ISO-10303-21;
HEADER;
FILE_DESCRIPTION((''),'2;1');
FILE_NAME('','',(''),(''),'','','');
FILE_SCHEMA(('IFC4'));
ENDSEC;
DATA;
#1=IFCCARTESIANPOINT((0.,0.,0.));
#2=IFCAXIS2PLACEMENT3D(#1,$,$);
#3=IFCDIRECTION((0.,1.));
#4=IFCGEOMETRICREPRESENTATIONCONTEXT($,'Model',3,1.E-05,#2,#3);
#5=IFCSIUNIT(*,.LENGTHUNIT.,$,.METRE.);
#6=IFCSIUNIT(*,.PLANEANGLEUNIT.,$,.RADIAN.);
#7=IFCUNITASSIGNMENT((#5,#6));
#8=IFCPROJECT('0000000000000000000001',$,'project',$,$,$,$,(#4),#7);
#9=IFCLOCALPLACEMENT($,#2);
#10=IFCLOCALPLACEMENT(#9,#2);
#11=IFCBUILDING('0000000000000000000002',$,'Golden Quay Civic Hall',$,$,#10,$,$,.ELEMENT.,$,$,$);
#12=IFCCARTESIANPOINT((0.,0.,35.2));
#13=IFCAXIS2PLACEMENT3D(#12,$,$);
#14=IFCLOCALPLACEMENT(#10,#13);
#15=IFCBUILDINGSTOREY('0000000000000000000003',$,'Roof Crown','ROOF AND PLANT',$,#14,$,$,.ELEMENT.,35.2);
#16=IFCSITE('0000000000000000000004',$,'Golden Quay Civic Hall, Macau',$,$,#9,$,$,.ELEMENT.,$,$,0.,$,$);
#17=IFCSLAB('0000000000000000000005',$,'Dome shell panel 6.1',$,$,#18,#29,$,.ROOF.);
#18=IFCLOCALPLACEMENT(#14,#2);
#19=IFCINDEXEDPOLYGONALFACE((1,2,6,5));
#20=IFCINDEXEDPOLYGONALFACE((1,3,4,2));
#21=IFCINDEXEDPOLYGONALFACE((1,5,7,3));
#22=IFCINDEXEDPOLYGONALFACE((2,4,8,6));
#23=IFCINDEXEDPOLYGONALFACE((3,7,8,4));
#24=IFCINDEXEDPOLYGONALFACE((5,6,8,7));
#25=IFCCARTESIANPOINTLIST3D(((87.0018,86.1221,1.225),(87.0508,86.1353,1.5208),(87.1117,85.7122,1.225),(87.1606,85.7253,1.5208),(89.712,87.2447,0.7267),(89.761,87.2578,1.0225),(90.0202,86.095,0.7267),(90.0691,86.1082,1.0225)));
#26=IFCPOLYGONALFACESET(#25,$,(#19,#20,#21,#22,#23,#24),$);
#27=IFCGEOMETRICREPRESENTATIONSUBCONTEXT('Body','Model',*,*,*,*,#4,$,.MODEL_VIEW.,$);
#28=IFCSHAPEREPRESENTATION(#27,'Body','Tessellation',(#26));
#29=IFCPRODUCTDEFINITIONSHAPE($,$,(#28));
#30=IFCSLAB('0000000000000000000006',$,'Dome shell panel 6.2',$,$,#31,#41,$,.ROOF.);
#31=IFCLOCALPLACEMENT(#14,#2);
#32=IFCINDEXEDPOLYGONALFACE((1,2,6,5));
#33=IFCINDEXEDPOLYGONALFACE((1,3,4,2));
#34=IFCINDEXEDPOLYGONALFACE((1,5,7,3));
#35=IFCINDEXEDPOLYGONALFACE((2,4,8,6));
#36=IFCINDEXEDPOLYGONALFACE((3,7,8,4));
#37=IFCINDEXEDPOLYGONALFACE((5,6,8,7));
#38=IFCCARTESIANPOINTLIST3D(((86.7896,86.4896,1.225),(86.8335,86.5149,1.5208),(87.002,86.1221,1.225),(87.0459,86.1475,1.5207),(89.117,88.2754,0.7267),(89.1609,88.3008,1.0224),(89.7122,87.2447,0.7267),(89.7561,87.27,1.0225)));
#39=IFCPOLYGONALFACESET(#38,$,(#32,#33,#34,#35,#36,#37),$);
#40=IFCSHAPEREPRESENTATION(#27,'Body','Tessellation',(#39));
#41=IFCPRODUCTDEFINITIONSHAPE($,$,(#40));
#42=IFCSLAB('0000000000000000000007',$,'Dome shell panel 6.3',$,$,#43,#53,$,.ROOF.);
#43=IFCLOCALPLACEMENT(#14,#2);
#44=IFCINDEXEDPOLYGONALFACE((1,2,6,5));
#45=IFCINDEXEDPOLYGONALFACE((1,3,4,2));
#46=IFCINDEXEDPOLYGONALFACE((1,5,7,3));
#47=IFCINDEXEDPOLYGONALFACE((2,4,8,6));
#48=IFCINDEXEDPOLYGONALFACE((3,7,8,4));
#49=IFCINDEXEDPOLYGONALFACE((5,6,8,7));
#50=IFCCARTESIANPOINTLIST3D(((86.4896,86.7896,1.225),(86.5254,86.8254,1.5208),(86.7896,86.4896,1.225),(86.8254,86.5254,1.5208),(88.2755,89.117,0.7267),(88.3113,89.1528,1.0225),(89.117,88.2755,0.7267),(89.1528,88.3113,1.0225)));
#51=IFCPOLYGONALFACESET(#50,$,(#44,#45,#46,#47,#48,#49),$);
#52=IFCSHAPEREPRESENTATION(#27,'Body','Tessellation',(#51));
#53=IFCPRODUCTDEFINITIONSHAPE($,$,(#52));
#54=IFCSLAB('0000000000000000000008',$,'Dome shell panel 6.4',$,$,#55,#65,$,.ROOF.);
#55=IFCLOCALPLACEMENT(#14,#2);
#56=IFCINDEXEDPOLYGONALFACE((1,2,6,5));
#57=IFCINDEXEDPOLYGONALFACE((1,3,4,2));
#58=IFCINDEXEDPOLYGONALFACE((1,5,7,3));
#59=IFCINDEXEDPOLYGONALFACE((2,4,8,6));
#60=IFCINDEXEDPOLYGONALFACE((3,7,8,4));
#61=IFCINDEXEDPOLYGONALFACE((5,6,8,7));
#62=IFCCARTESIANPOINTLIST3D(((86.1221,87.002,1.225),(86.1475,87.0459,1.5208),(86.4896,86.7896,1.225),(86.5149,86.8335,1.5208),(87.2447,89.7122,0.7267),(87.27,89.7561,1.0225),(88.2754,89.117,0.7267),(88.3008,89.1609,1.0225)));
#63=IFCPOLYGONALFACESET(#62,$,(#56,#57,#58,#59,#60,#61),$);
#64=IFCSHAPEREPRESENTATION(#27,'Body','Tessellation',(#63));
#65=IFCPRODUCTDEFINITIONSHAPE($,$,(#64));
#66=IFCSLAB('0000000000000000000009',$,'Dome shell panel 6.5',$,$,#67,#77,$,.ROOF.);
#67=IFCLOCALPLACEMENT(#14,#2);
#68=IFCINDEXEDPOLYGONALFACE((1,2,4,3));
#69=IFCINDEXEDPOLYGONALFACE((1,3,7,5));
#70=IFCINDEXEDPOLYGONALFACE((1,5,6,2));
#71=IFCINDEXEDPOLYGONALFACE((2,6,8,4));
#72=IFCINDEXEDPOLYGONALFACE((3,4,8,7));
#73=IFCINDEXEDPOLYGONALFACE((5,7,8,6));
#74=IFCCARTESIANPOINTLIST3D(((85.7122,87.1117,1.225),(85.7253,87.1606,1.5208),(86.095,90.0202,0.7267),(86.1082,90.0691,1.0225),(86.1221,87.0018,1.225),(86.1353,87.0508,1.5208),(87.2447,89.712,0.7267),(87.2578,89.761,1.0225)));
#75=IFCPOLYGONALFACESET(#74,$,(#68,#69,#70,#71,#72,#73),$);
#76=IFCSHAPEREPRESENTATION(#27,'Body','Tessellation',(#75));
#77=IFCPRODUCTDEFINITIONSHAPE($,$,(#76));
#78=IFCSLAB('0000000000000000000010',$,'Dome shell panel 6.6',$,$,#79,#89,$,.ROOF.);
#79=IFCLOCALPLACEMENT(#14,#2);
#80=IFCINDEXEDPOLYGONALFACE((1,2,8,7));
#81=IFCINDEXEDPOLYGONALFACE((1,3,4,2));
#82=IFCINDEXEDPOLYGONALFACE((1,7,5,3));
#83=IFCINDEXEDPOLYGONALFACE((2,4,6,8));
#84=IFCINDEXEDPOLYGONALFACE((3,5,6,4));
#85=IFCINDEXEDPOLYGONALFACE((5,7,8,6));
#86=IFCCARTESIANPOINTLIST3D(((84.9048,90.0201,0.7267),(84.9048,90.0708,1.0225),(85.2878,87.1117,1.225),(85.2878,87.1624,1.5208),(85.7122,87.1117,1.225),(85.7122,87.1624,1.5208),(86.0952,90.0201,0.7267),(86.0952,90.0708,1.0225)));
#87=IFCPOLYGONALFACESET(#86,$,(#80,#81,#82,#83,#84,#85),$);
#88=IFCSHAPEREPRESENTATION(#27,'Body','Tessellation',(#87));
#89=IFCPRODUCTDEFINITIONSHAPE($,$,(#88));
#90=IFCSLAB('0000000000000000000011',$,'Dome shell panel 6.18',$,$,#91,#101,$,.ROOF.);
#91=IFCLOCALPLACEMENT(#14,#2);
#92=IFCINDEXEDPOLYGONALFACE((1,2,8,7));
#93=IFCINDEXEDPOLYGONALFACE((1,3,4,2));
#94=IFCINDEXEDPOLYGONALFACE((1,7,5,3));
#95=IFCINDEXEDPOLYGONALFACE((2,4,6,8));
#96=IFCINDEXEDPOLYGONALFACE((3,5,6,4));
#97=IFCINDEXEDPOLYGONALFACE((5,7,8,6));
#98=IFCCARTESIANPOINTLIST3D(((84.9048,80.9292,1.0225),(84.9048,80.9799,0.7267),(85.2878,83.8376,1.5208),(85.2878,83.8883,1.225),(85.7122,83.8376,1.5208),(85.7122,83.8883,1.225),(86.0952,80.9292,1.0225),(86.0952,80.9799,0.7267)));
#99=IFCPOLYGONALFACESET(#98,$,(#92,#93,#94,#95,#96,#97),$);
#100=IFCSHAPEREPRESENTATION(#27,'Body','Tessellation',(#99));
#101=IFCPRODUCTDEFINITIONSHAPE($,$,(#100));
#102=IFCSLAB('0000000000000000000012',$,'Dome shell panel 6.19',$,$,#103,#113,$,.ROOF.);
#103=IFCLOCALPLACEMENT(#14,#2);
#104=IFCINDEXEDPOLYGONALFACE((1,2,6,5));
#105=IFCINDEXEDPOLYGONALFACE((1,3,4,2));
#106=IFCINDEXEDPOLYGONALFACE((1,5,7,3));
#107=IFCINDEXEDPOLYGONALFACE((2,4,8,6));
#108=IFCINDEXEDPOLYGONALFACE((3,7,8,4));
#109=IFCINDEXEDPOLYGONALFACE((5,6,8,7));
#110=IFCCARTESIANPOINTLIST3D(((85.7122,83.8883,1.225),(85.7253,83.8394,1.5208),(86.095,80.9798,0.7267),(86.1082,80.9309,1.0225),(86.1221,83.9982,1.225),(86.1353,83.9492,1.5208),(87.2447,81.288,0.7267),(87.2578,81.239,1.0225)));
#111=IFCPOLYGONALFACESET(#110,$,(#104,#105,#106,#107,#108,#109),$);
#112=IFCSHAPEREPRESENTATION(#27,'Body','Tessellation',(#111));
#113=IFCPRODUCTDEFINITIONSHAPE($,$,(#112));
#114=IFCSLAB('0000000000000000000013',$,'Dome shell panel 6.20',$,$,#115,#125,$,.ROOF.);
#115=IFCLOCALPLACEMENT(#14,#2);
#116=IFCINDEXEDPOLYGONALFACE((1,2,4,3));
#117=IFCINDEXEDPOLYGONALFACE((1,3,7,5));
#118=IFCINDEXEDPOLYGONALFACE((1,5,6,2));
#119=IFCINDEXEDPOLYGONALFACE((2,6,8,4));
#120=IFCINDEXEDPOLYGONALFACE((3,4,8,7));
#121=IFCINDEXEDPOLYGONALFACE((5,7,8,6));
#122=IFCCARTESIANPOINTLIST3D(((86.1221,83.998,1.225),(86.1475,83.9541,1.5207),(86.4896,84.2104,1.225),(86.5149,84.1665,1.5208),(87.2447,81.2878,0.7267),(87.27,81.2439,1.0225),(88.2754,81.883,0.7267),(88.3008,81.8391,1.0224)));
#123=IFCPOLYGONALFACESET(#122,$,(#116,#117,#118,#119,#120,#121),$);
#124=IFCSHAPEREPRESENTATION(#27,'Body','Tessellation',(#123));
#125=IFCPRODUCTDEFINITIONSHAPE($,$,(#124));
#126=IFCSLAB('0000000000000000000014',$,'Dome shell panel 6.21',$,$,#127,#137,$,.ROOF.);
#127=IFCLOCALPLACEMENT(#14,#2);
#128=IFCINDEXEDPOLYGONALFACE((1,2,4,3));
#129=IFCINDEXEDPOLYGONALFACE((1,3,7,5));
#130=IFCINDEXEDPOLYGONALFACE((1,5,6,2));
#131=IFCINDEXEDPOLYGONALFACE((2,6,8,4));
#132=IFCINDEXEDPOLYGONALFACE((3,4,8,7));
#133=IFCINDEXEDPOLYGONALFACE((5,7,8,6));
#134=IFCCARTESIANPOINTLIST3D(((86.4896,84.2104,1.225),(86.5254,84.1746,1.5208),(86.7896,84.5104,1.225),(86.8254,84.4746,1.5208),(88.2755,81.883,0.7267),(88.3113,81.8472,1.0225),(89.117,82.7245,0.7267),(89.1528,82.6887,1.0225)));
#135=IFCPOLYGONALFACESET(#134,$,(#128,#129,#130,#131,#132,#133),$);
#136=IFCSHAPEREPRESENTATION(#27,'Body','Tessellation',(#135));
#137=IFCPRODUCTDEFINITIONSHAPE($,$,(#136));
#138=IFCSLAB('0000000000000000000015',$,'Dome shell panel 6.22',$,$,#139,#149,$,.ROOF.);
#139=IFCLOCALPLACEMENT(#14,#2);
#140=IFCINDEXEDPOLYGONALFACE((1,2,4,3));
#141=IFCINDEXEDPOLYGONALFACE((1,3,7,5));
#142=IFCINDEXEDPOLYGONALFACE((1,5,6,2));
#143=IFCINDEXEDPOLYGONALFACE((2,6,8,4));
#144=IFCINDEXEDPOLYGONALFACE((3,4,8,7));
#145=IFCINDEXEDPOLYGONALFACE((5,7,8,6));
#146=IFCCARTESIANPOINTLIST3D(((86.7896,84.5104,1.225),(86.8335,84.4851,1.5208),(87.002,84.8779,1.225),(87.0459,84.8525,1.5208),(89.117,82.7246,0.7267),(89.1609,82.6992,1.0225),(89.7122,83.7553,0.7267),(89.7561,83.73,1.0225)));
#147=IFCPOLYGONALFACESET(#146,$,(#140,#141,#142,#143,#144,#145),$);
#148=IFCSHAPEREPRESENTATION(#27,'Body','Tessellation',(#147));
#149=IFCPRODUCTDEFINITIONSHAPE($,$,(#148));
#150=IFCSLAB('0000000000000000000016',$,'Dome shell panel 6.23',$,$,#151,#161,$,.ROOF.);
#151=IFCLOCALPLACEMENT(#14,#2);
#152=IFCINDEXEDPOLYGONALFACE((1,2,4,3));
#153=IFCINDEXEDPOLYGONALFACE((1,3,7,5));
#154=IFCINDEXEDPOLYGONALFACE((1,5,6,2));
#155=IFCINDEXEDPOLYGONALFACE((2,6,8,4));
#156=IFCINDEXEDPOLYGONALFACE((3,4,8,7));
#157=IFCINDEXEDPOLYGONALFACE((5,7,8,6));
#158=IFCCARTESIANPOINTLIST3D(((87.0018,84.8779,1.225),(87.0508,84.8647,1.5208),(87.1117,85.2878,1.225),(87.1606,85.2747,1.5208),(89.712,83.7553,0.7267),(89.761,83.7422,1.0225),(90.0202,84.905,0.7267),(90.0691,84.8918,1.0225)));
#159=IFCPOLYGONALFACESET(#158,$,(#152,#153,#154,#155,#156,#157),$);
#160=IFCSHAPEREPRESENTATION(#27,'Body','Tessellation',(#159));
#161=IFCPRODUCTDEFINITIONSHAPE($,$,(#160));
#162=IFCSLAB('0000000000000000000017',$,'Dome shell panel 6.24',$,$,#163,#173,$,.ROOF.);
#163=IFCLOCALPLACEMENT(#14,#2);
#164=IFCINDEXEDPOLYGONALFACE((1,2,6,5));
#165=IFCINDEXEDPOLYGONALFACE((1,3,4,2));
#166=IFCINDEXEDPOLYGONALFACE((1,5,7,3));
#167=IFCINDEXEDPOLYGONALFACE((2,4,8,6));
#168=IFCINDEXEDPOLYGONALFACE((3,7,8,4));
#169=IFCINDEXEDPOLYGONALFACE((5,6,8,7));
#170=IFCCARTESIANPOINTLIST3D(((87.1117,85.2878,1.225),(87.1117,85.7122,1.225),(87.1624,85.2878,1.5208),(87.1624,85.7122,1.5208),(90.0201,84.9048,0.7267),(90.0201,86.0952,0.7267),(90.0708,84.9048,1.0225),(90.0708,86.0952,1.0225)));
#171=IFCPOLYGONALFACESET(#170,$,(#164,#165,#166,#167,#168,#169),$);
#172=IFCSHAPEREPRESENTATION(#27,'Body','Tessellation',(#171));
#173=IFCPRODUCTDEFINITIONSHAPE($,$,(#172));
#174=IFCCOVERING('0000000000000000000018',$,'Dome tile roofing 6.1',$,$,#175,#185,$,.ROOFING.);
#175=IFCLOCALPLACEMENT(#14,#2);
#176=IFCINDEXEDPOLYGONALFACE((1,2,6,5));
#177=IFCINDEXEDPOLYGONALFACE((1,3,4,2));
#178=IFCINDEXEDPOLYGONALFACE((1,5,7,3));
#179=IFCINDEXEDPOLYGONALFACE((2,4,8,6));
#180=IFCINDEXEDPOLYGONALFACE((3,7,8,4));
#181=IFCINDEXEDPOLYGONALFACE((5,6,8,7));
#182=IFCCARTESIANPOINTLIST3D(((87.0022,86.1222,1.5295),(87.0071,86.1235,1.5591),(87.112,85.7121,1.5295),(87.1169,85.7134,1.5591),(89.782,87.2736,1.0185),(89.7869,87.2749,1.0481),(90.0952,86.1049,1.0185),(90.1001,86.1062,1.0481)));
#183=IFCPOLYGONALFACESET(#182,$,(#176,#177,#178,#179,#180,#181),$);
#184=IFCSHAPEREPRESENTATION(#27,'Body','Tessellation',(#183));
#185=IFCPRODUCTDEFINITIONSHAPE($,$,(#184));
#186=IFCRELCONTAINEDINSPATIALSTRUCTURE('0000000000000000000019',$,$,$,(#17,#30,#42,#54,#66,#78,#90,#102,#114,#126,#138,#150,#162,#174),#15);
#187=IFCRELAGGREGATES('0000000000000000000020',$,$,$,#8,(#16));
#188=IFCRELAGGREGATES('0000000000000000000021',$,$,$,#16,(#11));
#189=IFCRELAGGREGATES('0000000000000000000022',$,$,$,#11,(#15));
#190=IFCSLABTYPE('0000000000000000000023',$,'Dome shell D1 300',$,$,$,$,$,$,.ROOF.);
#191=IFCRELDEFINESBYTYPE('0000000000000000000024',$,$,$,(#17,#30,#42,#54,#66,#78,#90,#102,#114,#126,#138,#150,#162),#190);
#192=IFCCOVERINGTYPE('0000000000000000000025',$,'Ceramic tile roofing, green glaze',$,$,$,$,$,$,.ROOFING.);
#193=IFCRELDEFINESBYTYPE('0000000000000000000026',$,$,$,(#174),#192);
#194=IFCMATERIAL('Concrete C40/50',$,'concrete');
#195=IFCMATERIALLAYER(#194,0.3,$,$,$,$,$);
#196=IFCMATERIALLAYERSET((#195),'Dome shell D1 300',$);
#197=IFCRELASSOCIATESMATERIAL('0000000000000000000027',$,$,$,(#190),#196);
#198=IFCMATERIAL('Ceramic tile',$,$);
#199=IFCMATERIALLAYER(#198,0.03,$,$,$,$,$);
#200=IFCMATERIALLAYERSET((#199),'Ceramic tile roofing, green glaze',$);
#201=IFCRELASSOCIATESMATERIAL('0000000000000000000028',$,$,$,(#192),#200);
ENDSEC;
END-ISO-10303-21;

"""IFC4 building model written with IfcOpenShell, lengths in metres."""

from ifc_helpers import new_model, si_unit, direction, frame, origin, place, context, subcontext, project, spatial, polyline, outline, extrude, material, layer, layer_set, type_object, element, save


model = new_model("IFC4")

# Units and contexts
model_context = context("Model", 3, precision=1e-05, world=origin(), true_north=direction((0.0, 1.0)))
body_context = subcontext(model_context, "Body", "Model", "MODEL_VIEW")
ifc_project = project(units=[si_unit("LENGTHUNIT", "METRE"), si_unit("PLANEANGLEUNIT", "RADIAN")], contexts=[model_context])

# Site, building, storey
site_placement = place(None, origin())
site = spatial("IfcSite", under=ifc_project, at=site_placement, Name="Golden Quay Civic Hall, Macau", CompositionType="ELEMENT", RefElevation=0.0)
building_placement = place(site_placement, origin())
building = spatial("IfcBuilding", under=site, at=building_placement, Name="Golden Quay Civic Hall", CompositionType="ELEMENT")
storey_placement = place(building_placement, frame((0.0, 0.0, 35.2)))
storey = spatial("IfcBuildingStorey", under=building, at=storey_placement, Name="Roof Crown", Description="ROOF AND PLANT", CompositionType="ELEMENT", Elevation=35.2)

# Slabs
ifc_material_1 = material(Name="Concrete C40/50", Category="concrete")
ifc_layer_1 = layer(ifc_material_1, 0.3)
ifc_layer_set_1 = layer_set([ifc_layer_1], Name="Dome shell D1 300")
slab_type = type_object("IfcSlabType", Name="Dome shell D1 300", PredefinedType="ROOF", material=ifc_layer_set_1)
slab_1_placement = place(storey_placement, frame((90.0691, 86.1082, 1.0225), z_axis=(0.163111, 0.043714, 0.985639), x_axis=(-0.258863, 0.965914, -0.000001)))
element("IfcSlab", 1, at=slab_1_placement, inside=storey, type_object=slab_type, Name="Dome shell panel 6.1", PredefinedType="ROOF", context=body_context, shape_type="SweptSolid", body=[
    extrude(outline(polyline([(0.0, 0.0), (1.1902, 0.0), (0.8075, 2.9508), (0.3831, 2.9508), (0.0, 0.0)])), origin(), (0.0, 0.0, -1.0), 0.3),
])
slab_2_placement = place(storey_placement, frame((89.7561, 87.27, 1.0225), z_axis=(0.146224, 0.084461, 0.985639), x_axis=(-0.500069, 0.865986, -0.00002)))
element("IfcSlab", 2, at=slab_2_placement, inside=storey, type_object=slab_type, Name="Dome shell panel 6.2", PredefinedType="ROOF", context=body_context, shape_type="SweptSolid", body=[
    extrude(outline(polyline([(0.0, 0.0), (1.1903, 0.0), (0.8076, 2.9509), (0.3832, 2.9507), (0.0, 0.0)])), origin(), (0.0, 0.0, -1.0), 0.3),
])
slab_3_placement = place(storey_placement, frame((89.1528, 88.3113, 1.0225), z_axis=(0.119402, 0.119402, 0.98564), x_axis=(-0.707107, 0.707107, 0.0)))
element("IfcSlab", 3, at=slab_3_placement, inside=storey, type_object=slab_type, Name="Dome shell panel 6.3", PredefinedType="ROOF", context=body_context, shape_type="SweptSolid", body=[
    extrude(outline(polyline([(0.0, 0.0), (1.1901, 0.0), (0.8072, 2.9509), (0.3829, 2.9509), (0.0, 0.0)])), origin(), (0.0, 0.0, -1.0), 0.3),
])
slab_4_placement = place(storey_placement, frame((88.3008, 89.1609, 1.0225), z_axis=(0.084461, 0.146224, 0.985639), x_axis=(-0.865986, 0.500069, 0.00002)))
element("IfcSlab", 4, at=slab_4_placement, inside=storey, type_object=slab_type, Name="Dome shell panel 6.4", PredefinedType="ROOF", context=body_context, shape_type="SweptSolid", body=[
    extrude(outline(polyline([(0.0, 0.0), (1.1903, 0.0), (0.8071, 2.9507), (0.3827, 2.9509), (0.0, 0.0)])), origin(), (0.0, 0.0, -1.0), 0.3),
])
slab_5_placement = place(storey_placement, frame((87.2578, 89.761, 1.0225), z_axis=(0.043714, 0.163111, 0.985639), x_axis=(-0.965914, 0.258863, 0.000001)))
element("IfcSlab", 5, at=slab_5_placement, inside=storey, type_object=slab_type, Name="Dome shell panel 6.5", PredefinedType="ROOF", context=body_context, shape_type="SweptSolid", body=[
    extrude(outline(polyline([(0.0, 0.0), (1.1902, 0.0), (0.8071, 2.9508), (0.3827, 2.9508), (0.0, 0.0)])), origin(), (0.0, 0.0, -1.0), 0.3),
])
for number, where, z_axis, x_axis, name in (
    (6, (86.0952, 90.0708, 1.0225), (0.0, 0.168865, 0.985639), (-1.0, 0.0, 0.0), "Dome shell panel 6.6"),
    (7, (84.9048, 80.9292, 1.0225), (0.0, -0.168865, 0.985639), (1.0, 0.0, 0.0), "Dome shell panel 6.18"),
):
    element("IfcSlab", number, at=place(storey_placement, frame(where, z_axis=z_axis, x_axis=x_axis)), inside=storey, type_object=slab_type, Name=name, PredefinedType="ROOF", context=body_context, shape_type="SweptSolid", body=[
        extrude(outline(polyline([(0.0, 0.0), (1.1904, 0.0), (0.8074, 2.9508), (0.3831, 2.9508), (0.0, 0.0)])), origin(), (0.0, 0.0, -1.0), 0.3),
    ])
slab_6_placement = place(storey_placement, frame((86.1082, 80.9309, 1.0225), z_axis=(0.043714, -0.163111, 0.985639), x_axis=(0.965914, 0.258863, -0.000001)))
element("IfcSlab", 8, at=slab_6_placement, inside=storey, type_object=slab_type, Name="Dome shell panel 6.19", PredefinedType="ROOF", context=body_context, shape_type="SweptSolid", body=[
    extrude(outline(polyline([(0.0, 0.0), (1.1902, 0.0), (0.8075, 2.9508), (0.3831, 2.9508), (0.0, 0.0)])), origin(), (0.0, 0.0, -1.0), 0.3),
])
slab_7_placement = place(storey_placement, frame((87.27, 81.2439, 1.0225), z_axis=(0.084461, -0.146224, 0.985639), x_axis=(0.865986, 0.500069, -0.00002)))
element("IfcSlab", 9, at=slab_7_placement, inside=storey, type_object=slab_type, Name="Dome shell panel 6.20", PredefinedType="ROOF", context=body_context, shape_type="SweptSolid", body=[
    extrude(outline(polyline([(0.0, 0.0), (1.1903, 0.0), (0.8076, 2.9509), (0.3832, 2.9507), (0.0, 0.0)])), origin(), (0.0, 0.0, -1.0), 0.3),
])
slab_8_placement = place(storey_placement, frame((88.3113, 81.8472, 1.0225), z_axis=(0.119402, -0.119402, 0.98564), x_axis=(0.707107, 0.707107, 0.0)))
element("IfcSlab", 10, at=slab_8_placement, inside=storey, type_object=slab_type, Name="Dome shell panel 6.21", PredefinedType="ROOF", context=body_context, shape_type="SweptSolid", body=[
    extrude(outline(polyline([(0.0, 0.0), (1.1901, 0.0), (0.8072, 2.9509), (0.3829, 2.9509), (0.0, 0.0)])), origin(), (0.0, 0.0, -1.0), 0.3),
])
slab_9_placement = place(storey_placement, frame((89.1609, 82.6992, 1.0225), z_axis=(0.146224, -0.084461, 0.985639), x_axis=(0.500069, 0.865986, 0.00002)))
element("IfcSlab", 11, at=slab_9_placement, inside=storey, type_object=slab_type, Name="Dome shell panel 6.22", PredefinedType="ROOF", context=body_context, shape_type="SweptSolid", body=[
    extrude(outline(polyline([(0.0, 0.0), (1.1903, 0.0), (0.8071, 2.9507), (0.3827, 2.9509), (0.0, 0.0)])), origin(), (0.0, 0.0, -1.0), 0.3),
])
slab_10_placement = place(storey_placement, frame((89.761, 83.7422, 1.0225), z_axis=(0.163111, -0.043714, 0.985639), x_axis=(0.258863, 0.965914, 0.000001)))
element("IfcSlab", 12, at=slab_10_placement, inside=storey, type_object=slab_type, Name="Dome shell panel 6.23", PredefinedType="ROOF", context=body_context, shape_type="SweptSolid", body=[
    extrude(outline(polyline([(0.0, 0.0), (1.1902, 0.0), (0.8071, 2.9508), (0.3827, 2.9508), (0.0, 0.0)])), origin(), (0.0, 0.0, -1.0), 0.3),
])
slab_11_placement = place(storey_placement, frame((90.0708, 84.9048, 1.0225), z_axis=(0.168865, 0.0, 0.985639), x_axis=(0.0, 1.0, 0.0)))
element("IfcSlab", 13, at=slab_11_placement, inside=storey, type_object=slab_type, Name="Dome shell panel 6.24", PredefinedType="ROOF", context=body_context, shape_type="SweptSolid", body=[
    extrude(outline(polyline([(0.0, 0.0), (1.1904, 0.0), (0.8074, 2.9508), (0.3831, 2.9508), (0.0, 0.0)])), origin(), (0.0, 0.0, -1.0), 0.3),
])

# Covering
ifc_material_2 = material(Name="Ceramic tile")
ifc_layer_2 = layer(ifc_material_2, 0.03)
ifc_layer_set_2 = layer_set([ifc_layer_2], Name="Ceramic tile roofing, green glaze")
covering_type = type_object("IfcCoveringType", Name="Ceramic tile roofing, green glaze", PredefinedType="ROOFING", material=ifc_layer_set_2)
covering_1_placement = place(storey_placement, frame((90.1001, 86.1062, 1.0481), z_axis=(0.16308, 0.043701, 0.985645), x_axis=(-0.25888, 0.96591, 0.000006)))
element("IfcCovering", 14, at=covering_1_placement, inside=storey, type_object=covering_type, Name="Dome tile roofing 6.1", PredefinedType="ROOFING", context=body_context, shape_type="SweptSolid", body=[
    extrude(outline(polyline([(0.0, 0.0), (1.2099, 0.0), (0.8175, 3.0265), (0.3929, 3.0266), (0.0, 0.0)])), origin(), (0.0, 0.0, -1.0), 0.03),
])

save(model, "model.ifc")
